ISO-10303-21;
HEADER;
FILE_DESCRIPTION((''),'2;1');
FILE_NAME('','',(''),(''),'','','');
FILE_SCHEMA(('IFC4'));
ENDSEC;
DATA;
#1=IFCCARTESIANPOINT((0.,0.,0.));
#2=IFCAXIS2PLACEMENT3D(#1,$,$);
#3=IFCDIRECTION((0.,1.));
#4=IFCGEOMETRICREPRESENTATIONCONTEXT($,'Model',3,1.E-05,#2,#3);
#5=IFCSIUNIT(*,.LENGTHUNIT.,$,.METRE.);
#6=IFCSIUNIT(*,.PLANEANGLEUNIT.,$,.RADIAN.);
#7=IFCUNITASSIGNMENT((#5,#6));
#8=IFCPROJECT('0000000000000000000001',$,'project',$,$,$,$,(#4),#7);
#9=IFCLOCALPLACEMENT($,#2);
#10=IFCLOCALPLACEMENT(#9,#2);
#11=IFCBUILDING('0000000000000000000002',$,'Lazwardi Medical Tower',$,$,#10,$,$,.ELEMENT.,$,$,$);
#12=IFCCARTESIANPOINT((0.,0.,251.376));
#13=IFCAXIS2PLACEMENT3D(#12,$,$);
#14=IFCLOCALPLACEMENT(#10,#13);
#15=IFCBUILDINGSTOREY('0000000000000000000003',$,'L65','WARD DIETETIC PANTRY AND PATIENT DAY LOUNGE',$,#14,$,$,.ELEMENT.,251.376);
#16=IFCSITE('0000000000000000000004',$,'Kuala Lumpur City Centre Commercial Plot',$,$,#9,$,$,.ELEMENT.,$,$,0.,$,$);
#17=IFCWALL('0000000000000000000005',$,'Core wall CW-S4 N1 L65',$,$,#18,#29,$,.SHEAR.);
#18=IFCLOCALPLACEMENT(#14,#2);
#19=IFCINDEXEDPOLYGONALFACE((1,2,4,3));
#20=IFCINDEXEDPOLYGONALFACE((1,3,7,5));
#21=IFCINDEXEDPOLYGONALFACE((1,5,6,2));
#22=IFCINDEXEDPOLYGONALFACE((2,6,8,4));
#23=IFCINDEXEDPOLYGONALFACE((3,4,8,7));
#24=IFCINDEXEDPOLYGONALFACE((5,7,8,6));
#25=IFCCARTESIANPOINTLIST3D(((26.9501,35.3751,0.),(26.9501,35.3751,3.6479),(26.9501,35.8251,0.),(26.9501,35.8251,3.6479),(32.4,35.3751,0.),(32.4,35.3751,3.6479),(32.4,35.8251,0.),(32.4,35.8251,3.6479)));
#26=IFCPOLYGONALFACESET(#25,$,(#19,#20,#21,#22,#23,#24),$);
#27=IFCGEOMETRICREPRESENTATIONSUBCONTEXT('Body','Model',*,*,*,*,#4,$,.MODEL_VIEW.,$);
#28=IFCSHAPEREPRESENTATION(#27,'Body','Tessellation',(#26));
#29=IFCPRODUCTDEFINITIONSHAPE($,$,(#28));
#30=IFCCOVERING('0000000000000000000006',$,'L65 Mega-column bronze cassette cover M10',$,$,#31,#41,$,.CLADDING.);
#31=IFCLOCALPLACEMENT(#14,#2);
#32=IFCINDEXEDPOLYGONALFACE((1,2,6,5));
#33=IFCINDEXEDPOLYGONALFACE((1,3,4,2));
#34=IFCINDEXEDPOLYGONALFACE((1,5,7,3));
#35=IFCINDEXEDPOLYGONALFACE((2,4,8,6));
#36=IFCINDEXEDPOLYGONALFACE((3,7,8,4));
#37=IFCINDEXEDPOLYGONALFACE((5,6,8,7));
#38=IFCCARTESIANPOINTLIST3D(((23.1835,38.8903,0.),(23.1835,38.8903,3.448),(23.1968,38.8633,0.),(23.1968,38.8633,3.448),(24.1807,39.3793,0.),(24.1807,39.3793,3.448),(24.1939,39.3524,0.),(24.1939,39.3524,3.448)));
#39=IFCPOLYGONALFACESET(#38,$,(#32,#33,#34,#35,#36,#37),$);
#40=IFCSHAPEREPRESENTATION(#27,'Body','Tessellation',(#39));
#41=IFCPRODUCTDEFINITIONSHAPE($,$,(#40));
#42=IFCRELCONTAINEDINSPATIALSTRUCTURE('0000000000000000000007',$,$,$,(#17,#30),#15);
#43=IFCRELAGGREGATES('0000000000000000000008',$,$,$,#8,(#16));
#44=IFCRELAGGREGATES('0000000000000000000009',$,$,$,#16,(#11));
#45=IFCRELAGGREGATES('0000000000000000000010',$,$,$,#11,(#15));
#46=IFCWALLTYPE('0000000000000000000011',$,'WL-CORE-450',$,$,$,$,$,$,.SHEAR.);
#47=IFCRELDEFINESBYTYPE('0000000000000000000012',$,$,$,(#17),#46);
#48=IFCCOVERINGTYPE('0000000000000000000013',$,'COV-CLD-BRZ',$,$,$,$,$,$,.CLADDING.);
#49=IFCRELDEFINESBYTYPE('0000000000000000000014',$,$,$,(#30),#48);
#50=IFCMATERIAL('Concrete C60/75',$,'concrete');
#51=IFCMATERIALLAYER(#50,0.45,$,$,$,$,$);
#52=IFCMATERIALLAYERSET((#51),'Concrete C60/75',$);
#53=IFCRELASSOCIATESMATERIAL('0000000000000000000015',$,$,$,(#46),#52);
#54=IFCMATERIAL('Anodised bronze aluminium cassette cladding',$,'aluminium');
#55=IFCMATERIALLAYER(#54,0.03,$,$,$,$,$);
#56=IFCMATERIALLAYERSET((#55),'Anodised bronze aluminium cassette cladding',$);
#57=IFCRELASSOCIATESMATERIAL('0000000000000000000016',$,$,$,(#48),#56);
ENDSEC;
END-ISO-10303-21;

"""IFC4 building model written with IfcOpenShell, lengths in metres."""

from ifc_helpers import new_model, si_unit, direction, frame, frame_2d, origin, origin_2d, place, context, subcontext, project, spatial, rectangle, extrude, material, layer, layer_set, type_object, element, save


model = new_model("IFC4")

# Units and contexts
model_context = context("Model", 3, precision=1e-05, world=origin(), true_north=direction((0.0, 1.0)))
body_context = subcontext(model_context, "Body", "Model", "MODEL_VIEW")
ifc_project = project(units=[si_unit("LENGTHUNIT", "METRE"), si_unit("PLANEANGLEUNIT", "RADIAN")], contexts=[model_context])

# Site, building, storey
site_placement = place(None, origin())
site = spatial("IfcSite", under=ifc_project, at=site_placement, Name="Kuala Lumpur City Centre Commercial Plot", CompositionType="ELEMENT", RefElevation=0.0)
building_placement = place(site_placement, origin())
building = spatial("IfcBuilding", under=site, at=building_placement, Name="Lazwardi Medical Tower", CompositionType="ELEMENT")
storey_placement = place(building_placement, frame((0.0, 0.0, 251.376)))
storey = spatial("IfcBuildingStorey", under=building, at=storey_placement, Name="L65", Description="WARD DIETETIC PANTRY AND PATIENT DAY LOUNGE", CompositionType="ELEMENT", Elevation=251.376)

# Shared definitions
ifc_material_1 = material(Name="Concrete C60/75", Category="concrete")

# Wall
ifc_layer_1 = layer(ifc_material_1, 0.45)
ifc_layer_set_1 = layer_set([ifc_layer_1], Name="Concrete C60/75")
wall_type_1 = type_object("IfcWallType", Name="WL-CORE-450", PredefinedType="SHEAR", material=ifc_layer_set_1)
wall_1_placement = place(storey_placement, frame((26.95, 35.6001, 0.0), z_axis=(0.0, 0.0, 1.0), x_axis=(1.0, 0.0, 0.0)))
element("IfcWall", 1, at=wall_1_placement, inside=storey, type_object=wall_type_1, Name="Core wall CW-S4 N1 L65", PredefinedType="SHEAR", context=body_context, shape_type="SweptSolid", body=[
    extrude(rectangle(XDim=5.45, YDim=0.45, at=frame_2d((2.7251, 0.0))), origin(), (0.0, 0.0, 1.0), 3.6479),
])

# Covering
ifc_material_2 = material(Name="Anodised bronze aluminium cassette cladding", Category="aluminium")
ifc_layer_2 = layer(ifc_material_2, 0.03)
ifc_layer_set_2 = layer_set([ifc_layer_2], Name="Anodised bronze aluminium cassette cladding")
covering_type = type_object("IfcCoveringType", Name="COV-CLD-BRZ", PredefinedType="CLADDING", material=ifc_layer_set_2)
covering_placement = place(storey_placement, frame((23.6887, 39.1213, 0.0), z_axis=(0.0, 0.0, 1.0), x_axis=(-0.89784, -0.440322, 0.0)))
element("IfcCovering", 2, at=covering_placement, inside=storey, type_object=covering_type, Name="L65 Mega-column bronze cassette cover M10", PredefinedType="CLADDING", context=body_context, shape_type="SweptSolid", body=[
    extrude(rectangle(XDim=1.1106, YDim=0.03, at=origin_2d()), origin(), (0.0, 0.0, 1.0), 3.448),
])

save(model, "model.ifc")
